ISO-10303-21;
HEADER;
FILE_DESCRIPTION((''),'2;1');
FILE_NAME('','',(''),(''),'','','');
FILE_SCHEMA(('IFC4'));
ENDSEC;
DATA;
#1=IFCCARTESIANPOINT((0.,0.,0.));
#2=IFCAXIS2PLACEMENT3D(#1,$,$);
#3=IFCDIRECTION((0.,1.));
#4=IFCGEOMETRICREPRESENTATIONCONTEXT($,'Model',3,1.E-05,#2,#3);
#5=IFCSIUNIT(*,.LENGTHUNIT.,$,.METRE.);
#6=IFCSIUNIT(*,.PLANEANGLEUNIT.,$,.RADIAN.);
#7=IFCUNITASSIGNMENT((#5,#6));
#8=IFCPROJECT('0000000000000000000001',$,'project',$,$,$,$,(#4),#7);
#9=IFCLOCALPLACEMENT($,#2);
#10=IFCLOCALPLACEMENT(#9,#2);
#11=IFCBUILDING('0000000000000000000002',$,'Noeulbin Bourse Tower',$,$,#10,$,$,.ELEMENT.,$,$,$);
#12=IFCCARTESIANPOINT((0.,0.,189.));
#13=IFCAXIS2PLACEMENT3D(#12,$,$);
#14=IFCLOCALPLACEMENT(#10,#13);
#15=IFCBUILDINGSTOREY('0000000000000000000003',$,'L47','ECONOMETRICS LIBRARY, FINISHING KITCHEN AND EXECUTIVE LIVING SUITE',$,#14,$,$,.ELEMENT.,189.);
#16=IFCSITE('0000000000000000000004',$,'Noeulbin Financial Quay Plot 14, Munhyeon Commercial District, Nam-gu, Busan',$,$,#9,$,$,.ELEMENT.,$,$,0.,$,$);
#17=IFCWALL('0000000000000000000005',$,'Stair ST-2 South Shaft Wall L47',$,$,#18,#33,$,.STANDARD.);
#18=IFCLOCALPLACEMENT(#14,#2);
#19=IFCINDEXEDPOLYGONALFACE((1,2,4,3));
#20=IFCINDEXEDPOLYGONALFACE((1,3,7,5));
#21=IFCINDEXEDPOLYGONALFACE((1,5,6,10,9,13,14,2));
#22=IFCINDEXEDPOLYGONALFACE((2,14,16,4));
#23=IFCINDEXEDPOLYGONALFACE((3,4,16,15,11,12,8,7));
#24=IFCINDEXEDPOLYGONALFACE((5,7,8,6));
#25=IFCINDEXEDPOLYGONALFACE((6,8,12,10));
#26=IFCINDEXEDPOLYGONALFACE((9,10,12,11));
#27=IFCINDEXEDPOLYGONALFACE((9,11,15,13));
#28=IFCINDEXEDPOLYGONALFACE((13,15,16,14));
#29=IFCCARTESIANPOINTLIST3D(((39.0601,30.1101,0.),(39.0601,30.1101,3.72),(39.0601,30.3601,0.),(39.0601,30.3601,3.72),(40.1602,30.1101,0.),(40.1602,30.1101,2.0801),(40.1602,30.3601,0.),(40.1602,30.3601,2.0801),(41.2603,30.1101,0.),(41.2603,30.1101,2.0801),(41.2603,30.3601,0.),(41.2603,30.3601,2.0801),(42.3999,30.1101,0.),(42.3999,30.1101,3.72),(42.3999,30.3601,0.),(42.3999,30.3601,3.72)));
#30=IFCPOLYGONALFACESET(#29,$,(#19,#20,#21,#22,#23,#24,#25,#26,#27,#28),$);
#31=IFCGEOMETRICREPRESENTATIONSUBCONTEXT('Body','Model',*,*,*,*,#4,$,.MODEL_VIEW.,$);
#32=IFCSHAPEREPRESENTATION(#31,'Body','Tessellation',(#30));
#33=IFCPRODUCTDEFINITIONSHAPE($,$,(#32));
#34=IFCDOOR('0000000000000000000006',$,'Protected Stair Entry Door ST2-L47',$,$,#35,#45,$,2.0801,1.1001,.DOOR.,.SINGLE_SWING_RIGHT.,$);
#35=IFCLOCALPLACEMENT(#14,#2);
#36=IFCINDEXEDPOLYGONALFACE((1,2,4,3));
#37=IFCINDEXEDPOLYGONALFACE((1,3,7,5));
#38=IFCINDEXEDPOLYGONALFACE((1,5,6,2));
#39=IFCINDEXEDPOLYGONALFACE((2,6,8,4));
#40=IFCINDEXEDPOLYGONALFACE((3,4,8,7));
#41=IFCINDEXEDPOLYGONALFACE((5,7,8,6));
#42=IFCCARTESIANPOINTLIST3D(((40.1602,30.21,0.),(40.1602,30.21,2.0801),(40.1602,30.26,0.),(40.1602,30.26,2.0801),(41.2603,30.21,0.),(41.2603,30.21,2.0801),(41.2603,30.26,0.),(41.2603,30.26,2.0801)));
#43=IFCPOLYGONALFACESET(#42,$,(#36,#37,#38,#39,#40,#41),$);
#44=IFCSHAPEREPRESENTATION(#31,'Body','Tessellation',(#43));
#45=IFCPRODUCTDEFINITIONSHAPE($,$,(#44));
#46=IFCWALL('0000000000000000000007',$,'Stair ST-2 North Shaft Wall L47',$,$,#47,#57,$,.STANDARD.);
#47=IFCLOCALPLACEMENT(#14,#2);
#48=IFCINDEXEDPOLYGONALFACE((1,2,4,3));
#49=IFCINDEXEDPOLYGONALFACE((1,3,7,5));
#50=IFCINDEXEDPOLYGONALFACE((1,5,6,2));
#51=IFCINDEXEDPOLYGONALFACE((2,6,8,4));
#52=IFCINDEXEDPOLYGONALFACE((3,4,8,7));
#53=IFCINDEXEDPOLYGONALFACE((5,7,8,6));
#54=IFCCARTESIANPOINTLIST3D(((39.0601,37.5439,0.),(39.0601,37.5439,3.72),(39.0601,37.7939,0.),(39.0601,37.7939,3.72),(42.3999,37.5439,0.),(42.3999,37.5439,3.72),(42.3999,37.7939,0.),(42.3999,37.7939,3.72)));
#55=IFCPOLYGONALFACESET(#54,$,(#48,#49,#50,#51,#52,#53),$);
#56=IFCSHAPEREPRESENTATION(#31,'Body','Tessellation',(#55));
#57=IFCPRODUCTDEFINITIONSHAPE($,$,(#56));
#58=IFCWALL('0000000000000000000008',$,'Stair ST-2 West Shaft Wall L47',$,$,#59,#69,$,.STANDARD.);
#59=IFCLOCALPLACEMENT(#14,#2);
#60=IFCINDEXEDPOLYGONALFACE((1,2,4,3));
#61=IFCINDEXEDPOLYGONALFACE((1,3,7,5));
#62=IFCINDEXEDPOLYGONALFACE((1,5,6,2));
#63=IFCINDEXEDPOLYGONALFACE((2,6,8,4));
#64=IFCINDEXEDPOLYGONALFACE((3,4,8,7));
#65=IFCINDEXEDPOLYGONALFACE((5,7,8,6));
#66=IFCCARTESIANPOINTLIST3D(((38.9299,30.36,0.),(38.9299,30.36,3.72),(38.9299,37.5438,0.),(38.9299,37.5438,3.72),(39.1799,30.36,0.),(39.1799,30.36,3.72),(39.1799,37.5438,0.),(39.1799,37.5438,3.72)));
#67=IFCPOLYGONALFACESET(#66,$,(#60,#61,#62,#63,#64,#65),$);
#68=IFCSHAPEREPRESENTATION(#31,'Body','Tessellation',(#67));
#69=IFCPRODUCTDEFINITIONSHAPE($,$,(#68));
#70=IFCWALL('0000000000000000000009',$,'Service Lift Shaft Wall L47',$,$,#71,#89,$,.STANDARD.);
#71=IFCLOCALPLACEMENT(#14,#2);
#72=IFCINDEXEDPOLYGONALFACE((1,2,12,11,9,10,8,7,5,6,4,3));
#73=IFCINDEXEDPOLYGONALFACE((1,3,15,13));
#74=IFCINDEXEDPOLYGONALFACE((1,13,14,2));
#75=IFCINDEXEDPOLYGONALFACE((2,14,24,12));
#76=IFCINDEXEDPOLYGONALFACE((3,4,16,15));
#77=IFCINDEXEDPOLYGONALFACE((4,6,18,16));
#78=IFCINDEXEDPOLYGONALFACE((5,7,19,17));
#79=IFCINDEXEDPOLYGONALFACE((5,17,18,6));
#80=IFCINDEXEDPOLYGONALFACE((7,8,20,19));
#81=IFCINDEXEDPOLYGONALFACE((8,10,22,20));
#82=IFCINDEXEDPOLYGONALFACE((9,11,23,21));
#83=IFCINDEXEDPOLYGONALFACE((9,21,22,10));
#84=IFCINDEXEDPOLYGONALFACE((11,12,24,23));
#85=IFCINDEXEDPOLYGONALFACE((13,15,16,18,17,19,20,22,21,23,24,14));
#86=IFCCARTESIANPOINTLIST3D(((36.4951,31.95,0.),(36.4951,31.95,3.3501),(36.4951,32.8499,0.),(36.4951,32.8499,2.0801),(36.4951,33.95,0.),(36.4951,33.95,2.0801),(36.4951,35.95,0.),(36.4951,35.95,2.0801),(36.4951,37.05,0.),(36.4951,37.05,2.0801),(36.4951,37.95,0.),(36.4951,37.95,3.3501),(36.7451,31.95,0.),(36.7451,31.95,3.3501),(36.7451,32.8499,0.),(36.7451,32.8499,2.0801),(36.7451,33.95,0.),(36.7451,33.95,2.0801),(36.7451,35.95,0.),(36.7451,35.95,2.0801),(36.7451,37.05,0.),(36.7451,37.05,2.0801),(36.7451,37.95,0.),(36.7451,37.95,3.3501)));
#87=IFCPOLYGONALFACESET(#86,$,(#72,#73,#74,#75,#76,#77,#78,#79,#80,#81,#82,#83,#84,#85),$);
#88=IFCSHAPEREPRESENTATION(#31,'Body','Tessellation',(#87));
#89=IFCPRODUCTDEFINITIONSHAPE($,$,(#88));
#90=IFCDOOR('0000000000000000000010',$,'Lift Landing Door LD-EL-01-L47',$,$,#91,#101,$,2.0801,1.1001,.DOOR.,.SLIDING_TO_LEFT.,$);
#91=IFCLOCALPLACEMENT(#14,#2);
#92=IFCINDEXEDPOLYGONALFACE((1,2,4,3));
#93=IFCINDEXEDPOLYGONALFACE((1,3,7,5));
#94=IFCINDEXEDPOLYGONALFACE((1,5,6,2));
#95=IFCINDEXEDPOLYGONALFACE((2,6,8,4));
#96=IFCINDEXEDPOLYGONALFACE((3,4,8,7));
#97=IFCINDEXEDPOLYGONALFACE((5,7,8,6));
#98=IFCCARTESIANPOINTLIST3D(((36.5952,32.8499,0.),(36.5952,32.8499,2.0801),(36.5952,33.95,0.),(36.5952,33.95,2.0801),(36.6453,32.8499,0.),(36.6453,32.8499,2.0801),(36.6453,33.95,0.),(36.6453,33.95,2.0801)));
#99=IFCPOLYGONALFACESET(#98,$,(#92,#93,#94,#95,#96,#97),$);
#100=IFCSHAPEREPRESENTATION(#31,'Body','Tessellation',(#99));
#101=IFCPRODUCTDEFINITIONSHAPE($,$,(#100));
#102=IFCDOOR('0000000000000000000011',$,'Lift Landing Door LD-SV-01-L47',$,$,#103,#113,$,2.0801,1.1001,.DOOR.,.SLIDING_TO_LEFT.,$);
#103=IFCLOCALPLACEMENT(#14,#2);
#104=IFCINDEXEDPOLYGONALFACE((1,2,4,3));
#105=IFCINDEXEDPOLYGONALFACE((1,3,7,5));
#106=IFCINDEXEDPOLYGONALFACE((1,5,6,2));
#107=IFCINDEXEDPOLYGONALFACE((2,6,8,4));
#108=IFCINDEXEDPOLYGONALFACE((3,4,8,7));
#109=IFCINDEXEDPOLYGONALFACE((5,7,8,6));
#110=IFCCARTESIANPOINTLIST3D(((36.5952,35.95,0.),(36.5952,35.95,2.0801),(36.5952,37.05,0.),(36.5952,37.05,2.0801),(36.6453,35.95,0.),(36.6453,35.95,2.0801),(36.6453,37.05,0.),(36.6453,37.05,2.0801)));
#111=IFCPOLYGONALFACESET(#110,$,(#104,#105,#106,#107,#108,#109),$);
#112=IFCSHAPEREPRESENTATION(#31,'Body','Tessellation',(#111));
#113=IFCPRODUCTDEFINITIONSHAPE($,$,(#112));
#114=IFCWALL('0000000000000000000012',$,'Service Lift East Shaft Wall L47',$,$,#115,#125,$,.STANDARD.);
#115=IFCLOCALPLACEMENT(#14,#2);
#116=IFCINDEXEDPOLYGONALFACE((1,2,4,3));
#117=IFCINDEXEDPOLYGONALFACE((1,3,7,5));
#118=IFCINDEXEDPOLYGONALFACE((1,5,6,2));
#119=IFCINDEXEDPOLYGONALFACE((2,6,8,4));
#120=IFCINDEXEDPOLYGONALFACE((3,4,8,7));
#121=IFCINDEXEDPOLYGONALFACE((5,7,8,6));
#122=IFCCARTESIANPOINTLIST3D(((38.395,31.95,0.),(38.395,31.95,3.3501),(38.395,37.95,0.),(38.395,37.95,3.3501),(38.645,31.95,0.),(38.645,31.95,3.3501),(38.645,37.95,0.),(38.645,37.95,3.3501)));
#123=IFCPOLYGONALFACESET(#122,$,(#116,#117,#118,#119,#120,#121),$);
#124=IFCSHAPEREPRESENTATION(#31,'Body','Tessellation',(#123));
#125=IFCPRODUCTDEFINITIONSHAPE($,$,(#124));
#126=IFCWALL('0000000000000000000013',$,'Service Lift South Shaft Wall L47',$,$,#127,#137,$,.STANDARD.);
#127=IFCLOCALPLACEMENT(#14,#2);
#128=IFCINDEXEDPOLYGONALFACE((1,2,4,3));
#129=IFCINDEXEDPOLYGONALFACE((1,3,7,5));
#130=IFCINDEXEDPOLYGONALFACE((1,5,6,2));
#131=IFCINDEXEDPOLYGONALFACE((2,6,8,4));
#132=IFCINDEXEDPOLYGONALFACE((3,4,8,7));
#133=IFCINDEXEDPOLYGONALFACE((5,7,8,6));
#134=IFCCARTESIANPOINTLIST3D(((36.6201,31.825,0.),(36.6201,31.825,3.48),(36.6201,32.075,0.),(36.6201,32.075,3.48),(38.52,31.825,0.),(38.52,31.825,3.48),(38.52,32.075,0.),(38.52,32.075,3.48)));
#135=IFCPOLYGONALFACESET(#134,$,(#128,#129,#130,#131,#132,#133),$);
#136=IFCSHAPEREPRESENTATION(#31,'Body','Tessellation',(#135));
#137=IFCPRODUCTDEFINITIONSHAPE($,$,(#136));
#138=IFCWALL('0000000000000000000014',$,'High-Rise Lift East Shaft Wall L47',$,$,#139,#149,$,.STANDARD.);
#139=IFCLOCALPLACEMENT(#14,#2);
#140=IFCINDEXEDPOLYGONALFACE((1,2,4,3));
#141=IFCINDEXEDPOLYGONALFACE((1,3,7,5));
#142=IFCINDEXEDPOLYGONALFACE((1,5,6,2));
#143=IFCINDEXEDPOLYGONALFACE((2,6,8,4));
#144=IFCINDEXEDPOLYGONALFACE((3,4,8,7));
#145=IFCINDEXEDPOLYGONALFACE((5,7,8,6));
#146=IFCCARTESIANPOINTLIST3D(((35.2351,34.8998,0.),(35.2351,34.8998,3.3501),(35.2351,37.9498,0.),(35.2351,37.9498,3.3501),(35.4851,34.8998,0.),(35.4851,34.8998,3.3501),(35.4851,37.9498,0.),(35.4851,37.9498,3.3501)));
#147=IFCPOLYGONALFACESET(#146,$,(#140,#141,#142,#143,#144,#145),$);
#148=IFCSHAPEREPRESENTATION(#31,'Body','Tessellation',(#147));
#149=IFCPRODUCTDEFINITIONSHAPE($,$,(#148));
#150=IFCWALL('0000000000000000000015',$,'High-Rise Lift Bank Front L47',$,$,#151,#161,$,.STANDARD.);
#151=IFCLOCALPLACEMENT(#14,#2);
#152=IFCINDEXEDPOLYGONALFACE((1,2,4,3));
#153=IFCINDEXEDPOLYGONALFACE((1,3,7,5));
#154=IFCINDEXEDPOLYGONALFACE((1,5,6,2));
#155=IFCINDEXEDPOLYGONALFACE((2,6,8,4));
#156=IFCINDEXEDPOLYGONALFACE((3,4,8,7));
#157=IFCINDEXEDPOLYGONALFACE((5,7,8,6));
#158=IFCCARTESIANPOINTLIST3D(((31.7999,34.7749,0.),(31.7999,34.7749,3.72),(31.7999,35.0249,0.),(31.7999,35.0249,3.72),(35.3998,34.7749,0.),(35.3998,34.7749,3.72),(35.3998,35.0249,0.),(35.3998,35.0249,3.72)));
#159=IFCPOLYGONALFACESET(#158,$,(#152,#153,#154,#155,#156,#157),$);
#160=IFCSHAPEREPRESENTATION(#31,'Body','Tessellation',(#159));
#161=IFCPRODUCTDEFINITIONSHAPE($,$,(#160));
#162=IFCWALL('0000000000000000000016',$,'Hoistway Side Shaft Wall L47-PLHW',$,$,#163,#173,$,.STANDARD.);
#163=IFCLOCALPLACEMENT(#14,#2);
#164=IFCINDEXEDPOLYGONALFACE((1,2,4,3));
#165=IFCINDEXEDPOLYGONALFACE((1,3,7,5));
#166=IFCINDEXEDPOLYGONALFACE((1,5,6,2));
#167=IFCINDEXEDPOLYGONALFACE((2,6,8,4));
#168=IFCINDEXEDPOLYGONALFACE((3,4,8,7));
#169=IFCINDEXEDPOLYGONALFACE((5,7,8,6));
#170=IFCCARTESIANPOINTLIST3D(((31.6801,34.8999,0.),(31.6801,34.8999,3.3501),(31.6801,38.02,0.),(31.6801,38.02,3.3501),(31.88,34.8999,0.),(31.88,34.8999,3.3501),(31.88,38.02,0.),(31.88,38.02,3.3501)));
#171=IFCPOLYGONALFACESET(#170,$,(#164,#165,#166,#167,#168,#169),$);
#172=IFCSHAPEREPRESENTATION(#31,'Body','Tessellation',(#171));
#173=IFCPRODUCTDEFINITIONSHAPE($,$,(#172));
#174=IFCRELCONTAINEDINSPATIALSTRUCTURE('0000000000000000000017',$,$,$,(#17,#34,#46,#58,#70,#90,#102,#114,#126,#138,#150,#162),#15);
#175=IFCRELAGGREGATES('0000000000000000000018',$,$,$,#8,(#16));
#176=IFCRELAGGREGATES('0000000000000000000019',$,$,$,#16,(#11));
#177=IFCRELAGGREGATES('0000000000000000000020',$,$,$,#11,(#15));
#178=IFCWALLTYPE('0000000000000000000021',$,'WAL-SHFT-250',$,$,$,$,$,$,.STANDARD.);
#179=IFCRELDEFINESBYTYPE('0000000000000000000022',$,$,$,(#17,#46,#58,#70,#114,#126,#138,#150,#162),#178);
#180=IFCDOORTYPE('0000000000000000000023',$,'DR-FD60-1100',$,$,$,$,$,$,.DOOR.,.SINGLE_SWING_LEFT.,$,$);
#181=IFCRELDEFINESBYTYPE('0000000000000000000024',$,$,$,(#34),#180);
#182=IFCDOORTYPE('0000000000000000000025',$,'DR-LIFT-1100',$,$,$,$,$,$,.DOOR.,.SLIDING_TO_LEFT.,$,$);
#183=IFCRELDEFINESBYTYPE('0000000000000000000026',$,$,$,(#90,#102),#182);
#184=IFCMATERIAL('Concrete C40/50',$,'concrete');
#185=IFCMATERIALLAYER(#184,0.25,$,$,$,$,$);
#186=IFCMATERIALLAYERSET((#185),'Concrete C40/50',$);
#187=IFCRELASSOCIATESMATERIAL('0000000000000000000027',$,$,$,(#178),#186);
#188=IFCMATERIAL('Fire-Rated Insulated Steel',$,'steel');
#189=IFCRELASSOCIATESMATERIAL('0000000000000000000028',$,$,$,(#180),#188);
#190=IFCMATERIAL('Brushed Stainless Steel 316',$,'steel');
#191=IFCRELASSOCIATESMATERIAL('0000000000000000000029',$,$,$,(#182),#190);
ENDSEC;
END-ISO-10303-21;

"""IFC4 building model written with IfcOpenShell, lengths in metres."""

from ifc_helpers import new_model, si_unit, direction, frame, frame_2d, origin, place, context, subcontext, project, spatial, rectangle, extrude, material, layer, layer_set, type_object, element, fill, save


model = new_model("IFC4")

# Units and contexts
model_context = context("Model", 3, precision=1e-05, world=origin(), true_north=direction((0.0, 1.0)))
body_context = subcontext(model_context, "Body", "Model", "MODEL_VIEW")
ifc_project = project(units=[si_unit("LENGTHUNIT", "METRE"), si_unit("PLANEANGLEUNIT", "RADIAN")], contexts=[model_context])

# Site, building, storey
site_placement = place(None, origin())
site = spatial("IfcSite", under=ifc_project, at=site_placement, Name="Noeulbin Financial Quay Plot 14, Munhyeon Commercial District, Nam-gu, Busan", CompositionType="ELEMENT", RefElevation=0.0)
building_placement = place(site_placement, origin())
building = spatial("IfcBuilding", under=site, at=building_placement, Name="Noeulbin Bourse Tower", CompositionType="ELEMENT")
storey_placement = place(building_placement, frame((0.0, 0.0, 189.0)))
storey = spatial("IfcBuildingStorey", under=building, at=storey_placement, Name="L47", Description="ECONOMETRICS LIBRARY, FINISHING KITCHEN AND EXECUTIVE LIVING SUITE", CompositionType="ELEMENT", Elevation=189.0)

# Shared definitions
ifc_material_1 = material(Name="Concrete C40/50", Category="concrete")

# Wall, opening, door
ifc_layer_1 = layer(ifc_material_1, 0.25)
ifc_layer_set_1 = layer_set([ifc_layer_1], Name="Concrete C40/50")
wall_type_1 = type_object("IfcWallType", Name="WAL-SHFT-250", PredefinedType="STANDARD", material=ifc_layer_set_1)
wall_1_placement = place(storey_placement, frame((39.0601, 30.2351, 0.0), z_axis=(0.0, 0.0, 1.0), x_axis=(1.0, 0.0, 0.0)))
wall_1 = element("IfcWall", 1, at=wall_1_placement, inside=storey, type_object=wall_type_1, Name="Stair ST-2 South Shaft Wall L47", PredefinedType="STANDARD", context=body_context, shape_type="SweptSolid", body=[
    extrude(rectangle(XDim=3.3398, YDim=0.25, at=frame_2d((1.6699, 0.0))), origin(), (0.0, 0.0, 1.0), 3.72),
])
opening_1_placement = place(wall_1_placement, frame((1.1001, 0.0, 0.0)))
opening_1 = element("IfcOpeningElement", 2, at=opening_1_placement, cuts=wall_1, PredefinedType="OPENING", context=body_context, shape_type="SweptSolid", body=[
    extrude(rectangle(XDim=1.1001, YDim=2.0801, at=frame_2d((0.55, 1.04))), frame((0.0, 0.135, 0.0), z_axis=(0.0, -1.0, 0.0), x_axis=(1.0, 0.0, 0.0)), (0.0, 0.0, 1.0), 0.27),
])
ifc_material_2 = material(Name="Fire-Rated Insulated Steel", Category="steel")
door_type_1 = type_object("IfcDoorType", Name="DR-FD60-1100", OperationType="SINGLE_SWING_LEFT", PredefinedType="DOOR", material=ifc_material_2)
door_1_placement = place(opening_1_placement, origin())
door_1 = element("IfcDoor", 3, at=door_1_placement, inside=storey, type_object=door_type_1, Name="Protected Stair Entry Door ST2-L47", OperationType="SINGLE_SWING_RIGHT", OverallHeight=2.0801, OverallWidth=1.1001, PredefinedType="DOOR", context=body_context, shape_type="SweptSolid", body=[
    extrude(rectangle(XDim=1.1001, YDim=2.0801, at=frame_2d((0.55, 1.04))), frame((0.0, 0.0249, 0.0), z_axis=(0.0, -1.0, 0.0), x_axis=(1.0, 0.0, 0.0)), (0.0, 0.0, 1.0), 0.05),
])
fill(opening_1, door_1)

# Walls
wall_2_placement = place(storey_placement, frame((39.0601, 37.6689, 0.0), z_axis=(0.0, 0.0, 1.0), x_axis=(1.0, 0.0, 0.0)))
element("IfcWall", 4, at=wall_2_placement, inside=storey, type_object=wall_type_1, Name="Stair ST-2 North Shaft Wall L47", PredefinedType="STANDARD", context=body_context, shape_type="SweptSolid", body=[
    extrude(rectangle(XDim=3.3398, YDim=0.25, at=frame_2d((1.6699, 0.0))), origin(), (0.0, 0.0, 1.0), 3.72),
])
wall_3_placement = place(storey_placement, frame((39.0549, 30.3601, 0.0), z_axis=(0.0, 0.0, 1.0), x_axis=(0.0, 1.0, 0.0)))
element("IfcWall", 5, at=wall_3_placement, inside=storey, type_object=wall_type_1, Name="Stair ST-2 West Shaft Wall L47", PredefinedType="STANDARD", context=body_context, shape_type="SweptSolid", body=[
    extrude(rectangle(XDim=7.1838, YDim=0.25, at=frame_2d((3.5918, 0.0))), origin(), (0.0, 0.0, 1.0), 3.72),
])

# Wall, openings, doors
wall_4_placement = place(storey_placement, frame((36.6201, 31.95, 0.0), z_axis=(0.0, 0.0, 1.0), x_axis=(0.0, 1.0, 0.0)))
wall_4 = element("IfcWall", 6, at=wall_4_placement, inside=storey, type_object=wall_type_1, Name="Service Lift Shaft Wall L47", PredefinedType="STANDARD", context=body_context, shape_type="SweptSolid", body=[
    extrude(rectangle(XDim=6.0, YDim=0.25, at=frame_2d((3.0, 0.0))), origin(), (0.0, 0.0, 1.0), 3.3501),
])
opening_2_placement = place(wall_4_placement, frame((0.8999, 0.0, 0.0)))
opening_2 = element("IfcOpeningElement", 7, at=opening_2_placement, cuts=wall_4, PredefinedType="OPENING", context=body_context, shape_type="SweptSolid", body=[
    extrude(rectangle(XDim=1.1001, YDim=2.0801, at=frame_2d((0.55, 1.04))), frame((0.0, 0.135, 0.0), z_axis=(0.0, -1.0, 0.0), x_axis=(1.0, 0.0, 0.0)), (0.0, 0.0, 1.0), 0.27),
])
opening_3_placement = place(wall_4_placement, frame((4.0, 0.0, 0.0)))
opening_3 = element("IfcOpeningElement", 8, at=opening_3_placement, cuts=wall_4, PredefinedType="OPENING", context=body_context, shape_type="SweptSolid", body=[
    extrude(rectangle(XDim=1.1001, YDim=2.0801, at=frame_2d((0.55, 1.04))), frame((0.0, 0.135, 0.0), z_axis=(0.0, -1.0, 0.0), x_axis=(1.0, 0.0, 0.0)), (0.0, 0.0, 1.0), 0.27),
])
ifc_material_3 = material(Name="Brushed Stainless Steel 316", Category="steel")
door_type_2 = type_object("IfcDoorType", Name="DR-LIFT-1100", OperationType="SLIDING_TO_LEFT", PredefinedType="DOOR", material=ifc_material_3)
door_2_placement = place(opening_2_placement, origin())
door_2 = element("IfcDoor", 9, at=door_2_placement, inside=storey, type_object=door_type_2, Name="Lift Landing Door LD-EL-01-L47", OperationType="SLIDING_TO_LEFT", OverallHeight=2.0801, OverallWidth=1.1001, PredefinedType="DOOR", context=body_context, shape_type="SweptSolid", body=[
    extrude(rectangle(XDim=1.1001, YDim=2.0801, at=frame_2d((0.55, 1.04))), frame((0.0, 0.0249, 0.0), z_axis=(0.0, -1.0, 0.0), x_axis=(1.0, 0.0, 0.0)), (0.0, 0.0, 1.0), 0.05),
])
fill(opening_2, door_2)
door_3_placement = place(opening_3_placement, origin())
door_3 = element("IfcDoor", 10, at=door_3_placement, inside=storey, type_object=door_type_2, Name="Lift Landing Door LD-SV-01-L47", OperationType="SLIDING_TO_LEFT", OverallHeight=2.0801, OverallWidth=1.1001, PredefinedType="DOOR", context=body_context, shape_type="SweptSolid", body=[
    extrude(rectangle(XDim=1.1001, YDim=2.0801, at=frame_2d((0.55, 1.04))), frame((0.0, 0.0249, 0.0), z_axis=(0.0, -1.0, 0.0), x_axis=(1.0, 0.0, 0.0)), (0.0, 0.0, 1.0), 0.05),
])
fill(opening_3, door_3)

# Walls
wall_5_placement = place(storey_placement, frame((38.52, 31.95, 0.0), z_axis=(0.0, 0.0, 1.0), x_axis=(0.0, 1.0, 0.0)))
element("IfcWall", 11, at=wall_5_placement, inside=storey, type_object=wall_type_1, Name="Service Lift East Shaft Wall L47", PredefinedType="STANDARD", context=body_context, shape_type="SweptSolid", body=[
    extrude(rectangle(XDim=6.0, YDim=0.25, at=frame_2d((3.0, 0.0))), origin(), (0.0, 0.0, 1.0), 3.3501),
])
wall_6_placement = place(storey_placement, frame((36.6201, 31.95, 0.0), z_axis=(0.0, 0.0, 1.0), x_axis=(1.0, 0.0, 0.0)))
element("IfcWall", 12, at=wall_6_placement, inside=storey, type_object=wall_type_1, Name="Service Lift South Shaft Wall L47", PredefinedType="STANDARD", context=body_context, shape_type="SweptSolid", body=[
    extrude(rectangle(XDim=1.8999, YDim=0.25, at=frame_2d((0.95, 0.0))), origin(), (0.0, 0.0, 1.0), 3.48),
])
wall_7_placement = place(storey_placement, frame((35.3601, 34.8999, 0.0), z_axis=(0.0, 0.0, 1.0), x_axis=(0.0, 1.0, 0.0)))
element("IfcWall", 13, at=wall_7_placement, inside=storey, type_object=wall_type_1, Name="High-Rise Lift East Shaft Wall L47", PredefinedType="STANDARD", context=body_context, shape_type="SweptSolid", body=[
    extrude(rectangle(XDim=3.05, YDim=0.25, at=frame_2d((1.5249, 0.0))), origin(), (0.0, 0.0, 1.0), 3.3501),
])
wall_8_placement = place(storey_placement, frame((31.8, 34.8999, 0.0), z_axis=(0.0, 0.0, 1.0), x_axis=(1.0, 0.0, 0.0)))
element("IfcWall", 14, at=wall_8_placement, inside=storey, type_object=wall_type_1, Name="High-Rise Lift Bank Front L47", PredefinedType="STANDARD", context=body_context, shape_type="SweptSolid", body=[
    extrude(rectangle(XDim=3.5999, YDim=0.25, at=frame_2d((1.7998, 0.0))), origin(), (0.0, 0.0, 1.0), 3.72),
])
wall_9_placement = place(storey_placement, frame((31.78, 34.8999, 0.0), z_axis=(0.0, 0.0, 1.0), x_axis=(0.0, 1.0, 0.0)))
element("IfcWall", 15, at=wall_9_placement, inside=storey, type_object=wall_type_1, Name="Hoistway Side Shaft Wall L47-PLHW", PredefinedType="STANDARD", context=body_context, shape_type="SweptSolid", body=[
    extrude(rectangle(XDim=3.1201, YDim=0.2, at=frame_2d((1.5601, 0.0))), origin(), (0.0, 0.0, 1.0), 3.3501),
])

save(model, "model.ifc")
